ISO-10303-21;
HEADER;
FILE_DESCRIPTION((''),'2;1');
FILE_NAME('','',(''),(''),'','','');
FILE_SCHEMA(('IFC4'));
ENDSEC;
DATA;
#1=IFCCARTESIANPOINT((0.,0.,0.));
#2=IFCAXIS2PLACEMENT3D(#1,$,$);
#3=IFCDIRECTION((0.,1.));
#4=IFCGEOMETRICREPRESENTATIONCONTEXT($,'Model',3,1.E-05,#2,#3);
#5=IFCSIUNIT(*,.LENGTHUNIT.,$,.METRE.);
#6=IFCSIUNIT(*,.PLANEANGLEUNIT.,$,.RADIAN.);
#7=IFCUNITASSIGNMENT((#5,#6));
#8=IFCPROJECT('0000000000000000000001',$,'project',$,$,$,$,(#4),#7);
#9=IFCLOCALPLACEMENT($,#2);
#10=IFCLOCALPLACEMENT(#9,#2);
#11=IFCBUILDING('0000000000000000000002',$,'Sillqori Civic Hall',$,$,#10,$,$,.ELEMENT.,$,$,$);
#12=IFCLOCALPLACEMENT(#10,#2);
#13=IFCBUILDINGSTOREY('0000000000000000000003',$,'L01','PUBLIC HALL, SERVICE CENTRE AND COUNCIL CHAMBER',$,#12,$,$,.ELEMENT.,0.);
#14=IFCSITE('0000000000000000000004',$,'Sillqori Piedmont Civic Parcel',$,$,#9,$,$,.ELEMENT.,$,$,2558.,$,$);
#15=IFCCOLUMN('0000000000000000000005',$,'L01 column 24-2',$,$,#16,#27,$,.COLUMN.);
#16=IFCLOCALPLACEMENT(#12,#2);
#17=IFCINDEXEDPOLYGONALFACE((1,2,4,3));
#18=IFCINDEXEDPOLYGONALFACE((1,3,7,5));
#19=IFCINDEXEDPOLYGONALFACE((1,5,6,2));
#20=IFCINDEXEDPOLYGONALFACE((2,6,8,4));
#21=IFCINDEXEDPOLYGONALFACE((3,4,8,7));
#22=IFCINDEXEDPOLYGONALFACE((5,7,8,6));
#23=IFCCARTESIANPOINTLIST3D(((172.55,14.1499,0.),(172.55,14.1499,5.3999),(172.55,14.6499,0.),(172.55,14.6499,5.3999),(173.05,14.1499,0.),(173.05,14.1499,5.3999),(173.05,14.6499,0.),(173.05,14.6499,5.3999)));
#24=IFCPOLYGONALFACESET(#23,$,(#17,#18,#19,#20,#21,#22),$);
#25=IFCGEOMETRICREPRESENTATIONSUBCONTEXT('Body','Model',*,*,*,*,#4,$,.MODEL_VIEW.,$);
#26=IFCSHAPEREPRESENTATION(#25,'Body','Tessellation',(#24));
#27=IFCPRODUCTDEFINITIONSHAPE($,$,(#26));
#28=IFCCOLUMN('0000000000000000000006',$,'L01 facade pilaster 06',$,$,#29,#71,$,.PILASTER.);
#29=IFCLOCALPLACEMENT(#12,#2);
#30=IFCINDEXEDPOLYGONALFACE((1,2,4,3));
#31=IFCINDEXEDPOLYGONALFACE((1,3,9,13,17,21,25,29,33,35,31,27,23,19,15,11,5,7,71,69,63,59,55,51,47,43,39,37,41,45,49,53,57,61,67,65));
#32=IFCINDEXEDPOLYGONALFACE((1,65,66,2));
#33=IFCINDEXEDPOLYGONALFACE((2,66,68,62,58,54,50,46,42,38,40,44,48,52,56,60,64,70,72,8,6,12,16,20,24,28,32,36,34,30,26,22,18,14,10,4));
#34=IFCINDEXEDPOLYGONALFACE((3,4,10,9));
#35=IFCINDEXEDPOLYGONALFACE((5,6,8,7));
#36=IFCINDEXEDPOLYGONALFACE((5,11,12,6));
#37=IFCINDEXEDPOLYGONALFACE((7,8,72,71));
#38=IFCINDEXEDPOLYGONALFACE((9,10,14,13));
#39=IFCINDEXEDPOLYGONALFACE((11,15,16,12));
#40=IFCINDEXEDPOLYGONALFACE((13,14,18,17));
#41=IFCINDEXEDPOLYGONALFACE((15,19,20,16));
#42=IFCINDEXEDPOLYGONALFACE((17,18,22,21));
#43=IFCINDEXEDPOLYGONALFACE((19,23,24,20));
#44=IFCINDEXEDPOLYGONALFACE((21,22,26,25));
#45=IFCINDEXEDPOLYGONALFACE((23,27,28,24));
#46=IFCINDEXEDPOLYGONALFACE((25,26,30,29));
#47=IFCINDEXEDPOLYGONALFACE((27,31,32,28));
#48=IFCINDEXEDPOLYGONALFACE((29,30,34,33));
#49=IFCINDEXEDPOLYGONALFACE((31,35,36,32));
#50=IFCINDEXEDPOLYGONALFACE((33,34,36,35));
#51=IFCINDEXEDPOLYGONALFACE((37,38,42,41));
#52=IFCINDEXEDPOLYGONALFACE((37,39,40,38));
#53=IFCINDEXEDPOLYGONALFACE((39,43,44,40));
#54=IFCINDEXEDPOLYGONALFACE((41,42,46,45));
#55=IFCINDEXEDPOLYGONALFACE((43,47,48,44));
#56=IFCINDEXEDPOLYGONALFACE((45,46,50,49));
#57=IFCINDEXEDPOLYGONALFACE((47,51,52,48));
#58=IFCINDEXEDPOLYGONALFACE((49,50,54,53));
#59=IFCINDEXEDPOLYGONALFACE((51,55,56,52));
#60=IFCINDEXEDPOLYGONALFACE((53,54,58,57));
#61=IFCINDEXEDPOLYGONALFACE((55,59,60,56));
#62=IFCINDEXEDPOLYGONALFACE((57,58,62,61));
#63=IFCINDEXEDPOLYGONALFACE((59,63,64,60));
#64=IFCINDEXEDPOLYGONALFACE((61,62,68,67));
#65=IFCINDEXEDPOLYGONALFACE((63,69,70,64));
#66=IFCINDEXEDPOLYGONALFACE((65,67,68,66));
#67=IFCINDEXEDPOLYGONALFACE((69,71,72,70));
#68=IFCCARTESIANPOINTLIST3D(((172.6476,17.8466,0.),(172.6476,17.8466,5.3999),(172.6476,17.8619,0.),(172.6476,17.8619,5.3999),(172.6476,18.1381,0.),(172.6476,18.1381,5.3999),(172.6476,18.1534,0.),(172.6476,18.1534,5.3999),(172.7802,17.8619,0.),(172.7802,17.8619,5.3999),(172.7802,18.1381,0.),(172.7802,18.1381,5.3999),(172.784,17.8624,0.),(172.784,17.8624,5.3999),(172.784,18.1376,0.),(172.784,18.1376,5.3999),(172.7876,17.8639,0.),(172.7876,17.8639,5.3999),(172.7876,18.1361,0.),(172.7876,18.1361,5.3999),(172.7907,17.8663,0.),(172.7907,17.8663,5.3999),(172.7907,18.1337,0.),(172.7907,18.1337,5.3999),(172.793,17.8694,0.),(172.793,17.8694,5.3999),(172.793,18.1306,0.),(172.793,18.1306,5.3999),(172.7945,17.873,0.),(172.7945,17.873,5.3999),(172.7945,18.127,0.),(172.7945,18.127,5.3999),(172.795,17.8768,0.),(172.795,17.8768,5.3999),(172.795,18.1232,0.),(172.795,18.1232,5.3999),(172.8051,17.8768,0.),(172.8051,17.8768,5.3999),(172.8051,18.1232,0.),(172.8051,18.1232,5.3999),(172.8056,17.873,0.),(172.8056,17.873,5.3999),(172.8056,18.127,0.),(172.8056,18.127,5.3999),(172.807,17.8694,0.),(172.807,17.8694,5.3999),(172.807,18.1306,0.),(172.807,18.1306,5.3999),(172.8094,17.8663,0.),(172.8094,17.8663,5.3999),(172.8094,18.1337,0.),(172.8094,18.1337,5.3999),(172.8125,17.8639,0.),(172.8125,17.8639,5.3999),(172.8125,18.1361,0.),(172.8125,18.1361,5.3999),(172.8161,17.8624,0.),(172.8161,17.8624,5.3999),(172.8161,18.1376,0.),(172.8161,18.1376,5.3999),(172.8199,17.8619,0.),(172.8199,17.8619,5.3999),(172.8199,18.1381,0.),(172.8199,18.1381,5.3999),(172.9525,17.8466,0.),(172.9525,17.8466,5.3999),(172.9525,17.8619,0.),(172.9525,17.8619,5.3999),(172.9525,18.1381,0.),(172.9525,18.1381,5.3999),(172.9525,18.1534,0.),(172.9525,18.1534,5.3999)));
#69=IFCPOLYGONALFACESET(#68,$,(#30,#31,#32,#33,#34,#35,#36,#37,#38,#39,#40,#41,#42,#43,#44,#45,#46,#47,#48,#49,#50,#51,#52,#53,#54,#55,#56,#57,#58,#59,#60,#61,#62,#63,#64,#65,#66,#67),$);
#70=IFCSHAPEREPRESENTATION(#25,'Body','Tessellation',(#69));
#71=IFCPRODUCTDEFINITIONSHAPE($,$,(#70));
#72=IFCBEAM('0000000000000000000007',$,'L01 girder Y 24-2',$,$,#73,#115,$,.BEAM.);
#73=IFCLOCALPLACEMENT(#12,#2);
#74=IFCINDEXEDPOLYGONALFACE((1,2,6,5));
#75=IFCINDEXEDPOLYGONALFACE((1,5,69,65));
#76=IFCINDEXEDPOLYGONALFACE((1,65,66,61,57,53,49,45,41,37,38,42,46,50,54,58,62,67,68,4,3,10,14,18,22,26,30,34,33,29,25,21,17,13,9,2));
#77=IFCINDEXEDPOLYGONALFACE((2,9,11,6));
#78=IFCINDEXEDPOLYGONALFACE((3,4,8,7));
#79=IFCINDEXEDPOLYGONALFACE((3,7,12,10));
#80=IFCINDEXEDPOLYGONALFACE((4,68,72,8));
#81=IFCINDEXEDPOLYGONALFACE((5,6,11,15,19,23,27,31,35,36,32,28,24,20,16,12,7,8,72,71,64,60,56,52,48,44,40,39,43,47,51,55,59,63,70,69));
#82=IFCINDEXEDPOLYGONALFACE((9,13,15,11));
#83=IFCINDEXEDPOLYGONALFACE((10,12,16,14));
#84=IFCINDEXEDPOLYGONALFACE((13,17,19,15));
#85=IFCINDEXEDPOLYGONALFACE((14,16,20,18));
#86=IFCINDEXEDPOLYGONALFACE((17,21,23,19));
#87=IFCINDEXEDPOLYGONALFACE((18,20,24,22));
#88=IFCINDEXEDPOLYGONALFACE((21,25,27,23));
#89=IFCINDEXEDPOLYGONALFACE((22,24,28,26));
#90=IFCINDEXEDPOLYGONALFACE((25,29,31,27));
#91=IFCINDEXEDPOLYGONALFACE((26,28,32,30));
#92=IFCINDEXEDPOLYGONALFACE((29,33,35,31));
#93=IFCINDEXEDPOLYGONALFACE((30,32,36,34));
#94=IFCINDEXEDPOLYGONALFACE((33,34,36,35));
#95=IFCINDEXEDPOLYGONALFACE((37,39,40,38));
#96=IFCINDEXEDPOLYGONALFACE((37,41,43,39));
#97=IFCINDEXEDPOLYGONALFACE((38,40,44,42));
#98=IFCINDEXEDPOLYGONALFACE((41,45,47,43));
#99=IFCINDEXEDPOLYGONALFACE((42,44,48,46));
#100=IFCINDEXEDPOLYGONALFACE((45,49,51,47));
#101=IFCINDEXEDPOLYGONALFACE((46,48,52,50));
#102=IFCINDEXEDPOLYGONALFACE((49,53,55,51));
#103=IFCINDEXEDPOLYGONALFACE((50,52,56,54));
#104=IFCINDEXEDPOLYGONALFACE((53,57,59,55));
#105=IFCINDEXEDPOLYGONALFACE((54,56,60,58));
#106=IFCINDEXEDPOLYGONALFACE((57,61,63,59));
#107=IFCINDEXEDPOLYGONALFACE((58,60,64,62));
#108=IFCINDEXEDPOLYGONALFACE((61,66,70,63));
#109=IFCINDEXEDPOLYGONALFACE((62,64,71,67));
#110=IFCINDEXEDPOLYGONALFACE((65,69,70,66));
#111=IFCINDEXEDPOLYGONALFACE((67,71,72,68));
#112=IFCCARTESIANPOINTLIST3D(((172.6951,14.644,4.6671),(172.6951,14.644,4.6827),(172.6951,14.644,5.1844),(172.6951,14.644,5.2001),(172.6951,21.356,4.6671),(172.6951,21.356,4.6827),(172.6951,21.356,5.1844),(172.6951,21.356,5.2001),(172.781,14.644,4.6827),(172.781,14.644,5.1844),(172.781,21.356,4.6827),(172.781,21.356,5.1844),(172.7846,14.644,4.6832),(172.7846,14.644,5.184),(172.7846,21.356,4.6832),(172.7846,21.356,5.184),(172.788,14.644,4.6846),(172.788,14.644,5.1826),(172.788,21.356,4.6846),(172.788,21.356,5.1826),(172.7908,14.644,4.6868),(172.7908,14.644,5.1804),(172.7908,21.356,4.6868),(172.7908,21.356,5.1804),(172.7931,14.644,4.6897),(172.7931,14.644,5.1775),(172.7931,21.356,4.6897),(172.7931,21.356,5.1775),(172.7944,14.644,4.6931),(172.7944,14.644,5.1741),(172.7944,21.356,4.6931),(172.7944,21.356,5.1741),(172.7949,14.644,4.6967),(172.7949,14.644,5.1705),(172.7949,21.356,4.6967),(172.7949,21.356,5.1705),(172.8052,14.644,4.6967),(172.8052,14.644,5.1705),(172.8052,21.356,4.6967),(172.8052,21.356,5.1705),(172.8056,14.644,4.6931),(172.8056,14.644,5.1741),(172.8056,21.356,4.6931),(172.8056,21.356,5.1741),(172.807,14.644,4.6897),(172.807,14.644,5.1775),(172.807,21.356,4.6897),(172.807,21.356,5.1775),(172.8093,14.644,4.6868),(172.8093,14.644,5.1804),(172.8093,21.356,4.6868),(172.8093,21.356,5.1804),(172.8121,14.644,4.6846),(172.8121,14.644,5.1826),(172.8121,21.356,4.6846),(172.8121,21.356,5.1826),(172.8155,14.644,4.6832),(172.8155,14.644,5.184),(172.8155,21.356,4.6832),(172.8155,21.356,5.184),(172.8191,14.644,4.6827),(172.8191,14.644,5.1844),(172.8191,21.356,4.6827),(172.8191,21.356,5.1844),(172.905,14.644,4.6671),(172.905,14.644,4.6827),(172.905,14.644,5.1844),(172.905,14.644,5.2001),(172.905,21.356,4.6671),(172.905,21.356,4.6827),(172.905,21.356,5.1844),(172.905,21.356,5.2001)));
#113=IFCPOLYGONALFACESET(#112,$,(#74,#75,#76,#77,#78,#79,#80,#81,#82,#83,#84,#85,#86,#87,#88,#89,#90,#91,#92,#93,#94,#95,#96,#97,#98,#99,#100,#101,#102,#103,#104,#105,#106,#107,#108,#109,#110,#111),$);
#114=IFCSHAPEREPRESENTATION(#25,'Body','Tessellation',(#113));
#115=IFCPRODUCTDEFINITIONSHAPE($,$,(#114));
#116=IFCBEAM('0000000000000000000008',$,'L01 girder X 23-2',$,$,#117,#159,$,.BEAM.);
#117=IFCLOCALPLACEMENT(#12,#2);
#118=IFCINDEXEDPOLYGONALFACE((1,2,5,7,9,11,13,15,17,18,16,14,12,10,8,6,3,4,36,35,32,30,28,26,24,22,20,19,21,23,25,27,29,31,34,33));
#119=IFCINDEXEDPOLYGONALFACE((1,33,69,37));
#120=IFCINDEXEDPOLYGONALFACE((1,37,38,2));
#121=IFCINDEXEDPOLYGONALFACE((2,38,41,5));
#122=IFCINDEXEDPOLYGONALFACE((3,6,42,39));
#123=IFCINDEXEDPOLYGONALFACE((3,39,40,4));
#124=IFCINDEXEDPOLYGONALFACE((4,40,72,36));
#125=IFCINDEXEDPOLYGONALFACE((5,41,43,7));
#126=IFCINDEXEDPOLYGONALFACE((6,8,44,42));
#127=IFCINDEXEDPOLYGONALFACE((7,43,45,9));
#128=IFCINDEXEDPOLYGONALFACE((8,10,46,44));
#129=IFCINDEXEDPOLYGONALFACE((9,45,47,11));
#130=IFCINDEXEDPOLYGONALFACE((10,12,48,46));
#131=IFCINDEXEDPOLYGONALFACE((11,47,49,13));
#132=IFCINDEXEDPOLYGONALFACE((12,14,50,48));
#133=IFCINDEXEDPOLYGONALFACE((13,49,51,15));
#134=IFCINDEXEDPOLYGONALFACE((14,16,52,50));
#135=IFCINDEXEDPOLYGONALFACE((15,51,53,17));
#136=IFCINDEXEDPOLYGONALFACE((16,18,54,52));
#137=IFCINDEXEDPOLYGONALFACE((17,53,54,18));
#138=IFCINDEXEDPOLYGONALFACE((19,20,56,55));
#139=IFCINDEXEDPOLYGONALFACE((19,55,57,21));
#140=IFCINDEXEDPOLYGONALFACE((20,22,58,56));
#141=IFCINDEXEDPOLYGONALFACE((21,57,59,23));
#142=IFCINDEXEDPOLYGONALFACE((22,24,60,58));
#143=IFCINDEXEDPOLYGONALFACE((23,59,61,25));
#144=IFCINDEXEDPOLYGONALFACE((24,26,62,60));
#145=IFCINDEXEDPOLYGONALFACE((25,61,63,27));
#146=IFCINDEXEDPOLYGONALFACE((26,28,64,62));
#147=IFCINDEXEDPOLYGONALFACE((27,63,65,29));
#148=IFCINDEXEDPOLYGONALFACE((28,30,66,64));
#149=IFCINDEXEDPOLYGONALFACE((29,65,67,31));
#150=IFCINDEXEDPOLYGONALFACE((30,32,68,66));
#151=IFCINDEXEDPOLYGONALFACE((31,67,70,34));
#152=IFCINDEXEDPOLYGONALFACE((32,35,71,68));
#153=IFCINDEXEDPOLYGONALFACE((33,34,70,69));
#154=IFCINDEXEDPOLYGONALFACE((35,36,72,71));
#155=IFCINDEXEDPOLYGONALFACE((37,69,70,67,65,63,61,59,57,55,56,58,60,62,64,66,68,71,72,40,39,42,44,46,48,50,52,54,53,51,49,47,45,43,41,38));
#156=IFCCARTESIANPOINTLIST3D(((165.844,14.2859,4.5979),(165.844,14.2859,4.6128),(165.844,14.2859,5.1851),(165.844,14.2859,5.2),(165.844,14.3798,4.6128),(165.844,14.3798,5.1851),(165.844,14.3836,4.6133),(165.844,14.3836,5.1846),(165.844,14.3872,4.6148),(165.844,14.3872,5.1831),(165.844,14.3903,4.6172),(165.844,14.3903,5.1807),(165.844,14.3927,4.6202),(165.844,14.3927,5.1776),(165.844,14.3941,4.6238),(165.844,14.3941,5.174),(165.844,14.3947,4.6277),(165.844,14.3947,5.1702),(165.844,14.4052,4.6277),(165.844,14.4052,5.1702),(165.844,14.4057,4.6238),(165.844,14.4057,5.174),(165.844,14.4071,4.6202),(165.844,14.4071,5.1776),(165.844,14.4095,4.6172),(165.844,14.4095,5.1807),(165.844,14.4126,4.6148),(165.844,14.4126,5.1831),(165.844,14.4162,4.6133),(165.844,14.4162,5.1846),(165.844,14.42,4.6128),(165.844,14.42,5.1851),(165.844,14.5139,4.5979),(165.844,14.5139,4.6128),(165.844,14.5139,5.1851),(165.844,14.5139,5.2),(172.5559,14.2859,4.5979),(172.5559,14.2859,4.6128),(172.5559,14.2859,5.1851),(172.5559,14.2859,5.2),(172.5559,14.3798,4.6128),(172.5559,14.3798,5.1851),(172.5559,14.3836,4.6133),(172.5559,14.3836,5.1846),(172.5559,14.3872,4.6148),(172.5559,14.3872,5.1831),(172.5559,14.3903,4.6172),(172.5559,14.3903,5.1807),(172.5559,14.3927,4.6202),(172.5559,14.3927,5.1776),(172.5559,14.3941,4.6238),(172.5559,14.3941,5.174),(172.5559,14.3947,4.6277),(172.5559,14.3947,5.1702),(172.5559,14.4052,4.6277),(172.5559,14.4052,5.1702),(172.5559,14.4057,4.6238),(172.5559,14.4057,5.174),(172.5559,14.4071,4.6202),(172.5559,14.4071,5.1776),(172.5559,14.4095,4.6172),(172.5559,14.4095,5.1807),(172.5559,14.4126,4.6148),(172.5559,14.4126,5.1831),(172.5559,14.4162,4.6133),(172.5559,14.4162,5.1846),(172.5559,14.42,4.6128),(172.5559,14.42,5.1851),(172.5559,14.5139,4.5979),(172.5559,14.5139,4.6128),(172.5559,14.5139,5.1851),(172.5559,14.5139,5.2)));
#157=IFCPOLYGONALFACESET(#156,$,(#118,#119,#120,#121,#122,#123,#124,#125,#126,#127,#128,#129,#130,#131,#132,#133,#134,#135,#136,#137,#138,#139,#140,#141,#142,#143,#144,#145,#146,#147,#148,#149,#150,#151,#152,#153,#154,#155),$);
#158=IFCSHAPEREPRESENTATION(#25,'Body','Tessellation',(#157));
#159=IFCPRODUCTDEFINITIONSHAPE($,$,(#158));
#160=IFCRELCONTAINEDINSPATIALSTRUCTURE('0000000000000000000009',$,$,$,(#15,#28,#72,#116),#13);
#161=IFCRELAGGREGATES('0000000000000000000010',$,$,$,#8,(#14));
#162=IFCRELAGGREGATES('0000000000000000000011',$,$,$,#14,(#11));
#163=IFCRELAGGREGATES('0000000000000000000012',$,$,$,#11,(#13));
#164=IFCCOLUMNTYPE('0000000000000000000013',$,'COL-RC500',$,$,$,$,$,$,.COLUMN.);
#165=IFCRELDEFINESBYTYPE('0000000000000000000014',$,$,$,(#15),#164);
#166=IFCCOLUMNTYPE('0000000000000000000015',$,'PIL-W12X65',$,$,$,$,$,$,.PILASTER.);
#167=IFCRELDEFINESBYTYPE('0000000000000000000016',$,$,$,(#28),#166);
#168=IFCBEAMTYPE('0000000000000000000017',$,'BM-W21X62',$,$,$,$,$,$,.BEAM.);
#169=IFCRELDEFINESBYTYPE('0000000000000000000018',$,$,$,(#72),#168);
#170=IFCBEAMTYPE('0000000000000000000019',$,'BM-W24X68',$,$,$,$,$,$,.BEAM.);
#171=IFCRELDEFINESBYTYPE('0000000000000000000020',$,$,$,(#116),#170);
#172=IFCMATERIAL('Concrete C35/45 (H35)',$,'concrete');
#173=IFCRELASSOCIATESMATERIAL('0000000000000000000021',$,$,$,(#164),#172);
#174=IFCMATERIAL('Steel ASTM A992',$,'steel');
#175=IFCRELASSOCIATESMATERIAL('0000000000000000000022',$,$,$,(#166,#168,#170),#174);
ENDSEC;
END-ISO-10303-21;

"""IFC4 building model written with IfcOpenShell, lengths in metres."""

from ifc_helpers import new_model, si_unit, direction, frame, origin, origin_2d, place, context, subcontext, project, spatial, rectangle, i_section, extrude, material, material_profile, profile_set, type_object, element, save


model = new_model("IFC4")

# Units and contexts
model_context = context("Model", 3, precision=1e-05, world=origin(), true_north=direction((0.0, 1.0)))
body_context = subcontext(model_context, "Body", "Model", "MODEL_VIEW")
ifc_project = project(units=[si_unit("LENGTHUNIT", "METRE"), si_unit("PLANEANGLEUNIT", "RADIAN")], contexts=[model_context])

# Site, building, storey
site_placement = place(None, origin())
site = spatial("IfcSite", under=ifc_project, at=site_placement, Name="Sillqori Piedmont Civic Parcel", CompositionType="ELEMENT", RefElevation=2558.0)
building_placement = place(site_placement, origin())
building = spatial("IfcBuilding", under=site, at=building_placement, Name="Sillqori Civic Hall", CompositionType="ELEMENT")
storey_placement = place(building_placement, origin())
storey = spatial("IfcBuildingStorey", under=building, at=storey_placement, Name="L01", Description="PUBLIC HALL, SERVICE CENTRE AND COUNCIL CHAMBER", CompositionType="ELEMENT", Elevation=0.0)

# Columns
ifc_material_1 = material(Name="Concrete C35/45 (H35)", Category="concrete")
ifc_material_profile_1 = material_profile(ifc_material_1, rectangle(XDim=0.5, YDim=0.5, at=origin_2d()), Name="RC 500x500")
ifc_profile_set_1 = profile_set([ifc_material_profile_1], Name="Concrete C35/45 (H35)")
column_type_1 = type_object("IfcColumnType", Name="COL-RC500", PredefinedType="COLUMN", material=ifc_profile_set_1)
column_1_placement = place(storey_placement, frame((172.8, 14.3999, 0.0), z_axis=(0.0, 0.0, 1.0), x_axis=(1.0, 0.0, 0.0)))
element("IfcColumn", 1, at=column_1_placement, inside=storey, type_object=column_type_1, Name="L01 column 24-2", PredefinedType="COLUMN", context=body_context, shape_type="SweptSolid", body=[
    extrude(rectangle(XDim=0.5, YDim=0.5, at=origin_2d()), origin(), (0.0, 0.0, 1.0), 5.3999),
])
ifc_material_2 = material(Name="Steel ASTM A992", Category="steel")
ifc_material_profile_2 = material_profile(ifc_material_2, i_section(OverallWidth=0.3049, OverallDepth=0.3069, WebThickness=0.01, FlangeThickness=0.0154, FilletRadius=0.0149, at=origin_2d()), Name="W12X65")
ifc_profile_set_2 = profile_set([ifc_material_profile_2], Name="Steel ASTM A992")
column_type_2 = type_object("IfcColumnType", Name="PIL-W12X65", PredefinedType="PILASTER", material=ifc_profile_set_2)
column_2_placement = place(storey_placement, frame((172.8, 18.0, 0.0), z_axis=(0.0, 0.0, 1.0), x_axis=(1.0, 0.0, 0.0)))
element("IfcColumn", 2, at=column_2_placement, inside=storey, type_object=column_type_2, Name="L01 facade pilaster 06", PredefinedType="PILASTER", context=body_context, shape_type="SweptSolid", body=[
    extrude(i_section(OverallWidth=0.3049, OverallDepth=0.3069, WebThickness=0.01, FlangeThickness=0.0154, FilletRadius=0.0149, at=origin_2d()), origin(), (0.0, 0.0, 1.0), 5.3999),
])

# Beams
ifc_material_profile_3 = material_profile(ifc_material_2, i_section(OverallWidth=0.21, OverallDepth=0.533, WebThickness=0.0103, FlangeThickness=0.0156, FilletRadius=0.0139, at=origin_2d()), Name="W21X62")
ifc_profile_set_3 = profile_set([ifc_material_profile_3], Name="Steel ASTM A992")
beam_type_1 = type_object("IfcBeamType", Name="BM-W21X62", PredefinedType="BEAM", material=ifc_profile_set_3)
beam_1_placement = place(storey_placement, frame((172.8, 14.644, 4.9336), z_axis=(0.0, 1.0, 0.0), x_axis=(-1.0, 0.0, 0.0)))
element("IfcBeam", 3, at=beam_1_placement, inside=storey, type_object=beam_type_1, Name="L01 girder Y 24-2", PredefinedType="BEAM", context=body_context, shape_type="SweptSolid", body=[
    extrude(i_section(OverallWidth=0.21, OverallDepth=0.533, WebThickness=0.0103, FlangeThickness=0.0156, FilletRadius=0.0139, at=origin_2d()), origin(), (0.0, 0.0, 1.0), 6.7119),
])
ifc_material_profile_4 = material_profile(ifc_material_2, i_section(OverallWidth=0.228, OverallDepth=0.6021, WebThickness=0.0105, FlangeThickness=0.0149, FilletRadius=0.0149, at=origin_2d()), Name="W24X68")
ifc_profile_set_4 = profile_set([ifc_material_profile_4], Name="Steel ASTM A992")
beam_type_2 = type_object("IfcBeamType", Name="BM-W24X68", PredefinedType="BEAM", material=ifc_profile_set_4)
beam_2_placement = place(storey_placement, frame((165.844, 14.3999, 4.8989), z_axis=(1.0, 0.0, 0.0), x_axis=(0.0, 1.0, 0.0)))
element("IfcBeam", 4, at=beam_2_placement, inside=storey, type_object=beam_type_2, Name="L01 girder X 23-2", PredefinedType="BEAM", context=body_context, shape_type="SweptSolid", body=[
    extrude(i_section(OverallWidth=0.228, OverallDepth=0.6021, WebThickness=0.0105, FlangeThickness=0.0149, FilletRadius=0.0149, at=origin_2d()), origin(), (0.0, 0.0, 1.0), 6.7119),
])

save(model, "model.ifc")
